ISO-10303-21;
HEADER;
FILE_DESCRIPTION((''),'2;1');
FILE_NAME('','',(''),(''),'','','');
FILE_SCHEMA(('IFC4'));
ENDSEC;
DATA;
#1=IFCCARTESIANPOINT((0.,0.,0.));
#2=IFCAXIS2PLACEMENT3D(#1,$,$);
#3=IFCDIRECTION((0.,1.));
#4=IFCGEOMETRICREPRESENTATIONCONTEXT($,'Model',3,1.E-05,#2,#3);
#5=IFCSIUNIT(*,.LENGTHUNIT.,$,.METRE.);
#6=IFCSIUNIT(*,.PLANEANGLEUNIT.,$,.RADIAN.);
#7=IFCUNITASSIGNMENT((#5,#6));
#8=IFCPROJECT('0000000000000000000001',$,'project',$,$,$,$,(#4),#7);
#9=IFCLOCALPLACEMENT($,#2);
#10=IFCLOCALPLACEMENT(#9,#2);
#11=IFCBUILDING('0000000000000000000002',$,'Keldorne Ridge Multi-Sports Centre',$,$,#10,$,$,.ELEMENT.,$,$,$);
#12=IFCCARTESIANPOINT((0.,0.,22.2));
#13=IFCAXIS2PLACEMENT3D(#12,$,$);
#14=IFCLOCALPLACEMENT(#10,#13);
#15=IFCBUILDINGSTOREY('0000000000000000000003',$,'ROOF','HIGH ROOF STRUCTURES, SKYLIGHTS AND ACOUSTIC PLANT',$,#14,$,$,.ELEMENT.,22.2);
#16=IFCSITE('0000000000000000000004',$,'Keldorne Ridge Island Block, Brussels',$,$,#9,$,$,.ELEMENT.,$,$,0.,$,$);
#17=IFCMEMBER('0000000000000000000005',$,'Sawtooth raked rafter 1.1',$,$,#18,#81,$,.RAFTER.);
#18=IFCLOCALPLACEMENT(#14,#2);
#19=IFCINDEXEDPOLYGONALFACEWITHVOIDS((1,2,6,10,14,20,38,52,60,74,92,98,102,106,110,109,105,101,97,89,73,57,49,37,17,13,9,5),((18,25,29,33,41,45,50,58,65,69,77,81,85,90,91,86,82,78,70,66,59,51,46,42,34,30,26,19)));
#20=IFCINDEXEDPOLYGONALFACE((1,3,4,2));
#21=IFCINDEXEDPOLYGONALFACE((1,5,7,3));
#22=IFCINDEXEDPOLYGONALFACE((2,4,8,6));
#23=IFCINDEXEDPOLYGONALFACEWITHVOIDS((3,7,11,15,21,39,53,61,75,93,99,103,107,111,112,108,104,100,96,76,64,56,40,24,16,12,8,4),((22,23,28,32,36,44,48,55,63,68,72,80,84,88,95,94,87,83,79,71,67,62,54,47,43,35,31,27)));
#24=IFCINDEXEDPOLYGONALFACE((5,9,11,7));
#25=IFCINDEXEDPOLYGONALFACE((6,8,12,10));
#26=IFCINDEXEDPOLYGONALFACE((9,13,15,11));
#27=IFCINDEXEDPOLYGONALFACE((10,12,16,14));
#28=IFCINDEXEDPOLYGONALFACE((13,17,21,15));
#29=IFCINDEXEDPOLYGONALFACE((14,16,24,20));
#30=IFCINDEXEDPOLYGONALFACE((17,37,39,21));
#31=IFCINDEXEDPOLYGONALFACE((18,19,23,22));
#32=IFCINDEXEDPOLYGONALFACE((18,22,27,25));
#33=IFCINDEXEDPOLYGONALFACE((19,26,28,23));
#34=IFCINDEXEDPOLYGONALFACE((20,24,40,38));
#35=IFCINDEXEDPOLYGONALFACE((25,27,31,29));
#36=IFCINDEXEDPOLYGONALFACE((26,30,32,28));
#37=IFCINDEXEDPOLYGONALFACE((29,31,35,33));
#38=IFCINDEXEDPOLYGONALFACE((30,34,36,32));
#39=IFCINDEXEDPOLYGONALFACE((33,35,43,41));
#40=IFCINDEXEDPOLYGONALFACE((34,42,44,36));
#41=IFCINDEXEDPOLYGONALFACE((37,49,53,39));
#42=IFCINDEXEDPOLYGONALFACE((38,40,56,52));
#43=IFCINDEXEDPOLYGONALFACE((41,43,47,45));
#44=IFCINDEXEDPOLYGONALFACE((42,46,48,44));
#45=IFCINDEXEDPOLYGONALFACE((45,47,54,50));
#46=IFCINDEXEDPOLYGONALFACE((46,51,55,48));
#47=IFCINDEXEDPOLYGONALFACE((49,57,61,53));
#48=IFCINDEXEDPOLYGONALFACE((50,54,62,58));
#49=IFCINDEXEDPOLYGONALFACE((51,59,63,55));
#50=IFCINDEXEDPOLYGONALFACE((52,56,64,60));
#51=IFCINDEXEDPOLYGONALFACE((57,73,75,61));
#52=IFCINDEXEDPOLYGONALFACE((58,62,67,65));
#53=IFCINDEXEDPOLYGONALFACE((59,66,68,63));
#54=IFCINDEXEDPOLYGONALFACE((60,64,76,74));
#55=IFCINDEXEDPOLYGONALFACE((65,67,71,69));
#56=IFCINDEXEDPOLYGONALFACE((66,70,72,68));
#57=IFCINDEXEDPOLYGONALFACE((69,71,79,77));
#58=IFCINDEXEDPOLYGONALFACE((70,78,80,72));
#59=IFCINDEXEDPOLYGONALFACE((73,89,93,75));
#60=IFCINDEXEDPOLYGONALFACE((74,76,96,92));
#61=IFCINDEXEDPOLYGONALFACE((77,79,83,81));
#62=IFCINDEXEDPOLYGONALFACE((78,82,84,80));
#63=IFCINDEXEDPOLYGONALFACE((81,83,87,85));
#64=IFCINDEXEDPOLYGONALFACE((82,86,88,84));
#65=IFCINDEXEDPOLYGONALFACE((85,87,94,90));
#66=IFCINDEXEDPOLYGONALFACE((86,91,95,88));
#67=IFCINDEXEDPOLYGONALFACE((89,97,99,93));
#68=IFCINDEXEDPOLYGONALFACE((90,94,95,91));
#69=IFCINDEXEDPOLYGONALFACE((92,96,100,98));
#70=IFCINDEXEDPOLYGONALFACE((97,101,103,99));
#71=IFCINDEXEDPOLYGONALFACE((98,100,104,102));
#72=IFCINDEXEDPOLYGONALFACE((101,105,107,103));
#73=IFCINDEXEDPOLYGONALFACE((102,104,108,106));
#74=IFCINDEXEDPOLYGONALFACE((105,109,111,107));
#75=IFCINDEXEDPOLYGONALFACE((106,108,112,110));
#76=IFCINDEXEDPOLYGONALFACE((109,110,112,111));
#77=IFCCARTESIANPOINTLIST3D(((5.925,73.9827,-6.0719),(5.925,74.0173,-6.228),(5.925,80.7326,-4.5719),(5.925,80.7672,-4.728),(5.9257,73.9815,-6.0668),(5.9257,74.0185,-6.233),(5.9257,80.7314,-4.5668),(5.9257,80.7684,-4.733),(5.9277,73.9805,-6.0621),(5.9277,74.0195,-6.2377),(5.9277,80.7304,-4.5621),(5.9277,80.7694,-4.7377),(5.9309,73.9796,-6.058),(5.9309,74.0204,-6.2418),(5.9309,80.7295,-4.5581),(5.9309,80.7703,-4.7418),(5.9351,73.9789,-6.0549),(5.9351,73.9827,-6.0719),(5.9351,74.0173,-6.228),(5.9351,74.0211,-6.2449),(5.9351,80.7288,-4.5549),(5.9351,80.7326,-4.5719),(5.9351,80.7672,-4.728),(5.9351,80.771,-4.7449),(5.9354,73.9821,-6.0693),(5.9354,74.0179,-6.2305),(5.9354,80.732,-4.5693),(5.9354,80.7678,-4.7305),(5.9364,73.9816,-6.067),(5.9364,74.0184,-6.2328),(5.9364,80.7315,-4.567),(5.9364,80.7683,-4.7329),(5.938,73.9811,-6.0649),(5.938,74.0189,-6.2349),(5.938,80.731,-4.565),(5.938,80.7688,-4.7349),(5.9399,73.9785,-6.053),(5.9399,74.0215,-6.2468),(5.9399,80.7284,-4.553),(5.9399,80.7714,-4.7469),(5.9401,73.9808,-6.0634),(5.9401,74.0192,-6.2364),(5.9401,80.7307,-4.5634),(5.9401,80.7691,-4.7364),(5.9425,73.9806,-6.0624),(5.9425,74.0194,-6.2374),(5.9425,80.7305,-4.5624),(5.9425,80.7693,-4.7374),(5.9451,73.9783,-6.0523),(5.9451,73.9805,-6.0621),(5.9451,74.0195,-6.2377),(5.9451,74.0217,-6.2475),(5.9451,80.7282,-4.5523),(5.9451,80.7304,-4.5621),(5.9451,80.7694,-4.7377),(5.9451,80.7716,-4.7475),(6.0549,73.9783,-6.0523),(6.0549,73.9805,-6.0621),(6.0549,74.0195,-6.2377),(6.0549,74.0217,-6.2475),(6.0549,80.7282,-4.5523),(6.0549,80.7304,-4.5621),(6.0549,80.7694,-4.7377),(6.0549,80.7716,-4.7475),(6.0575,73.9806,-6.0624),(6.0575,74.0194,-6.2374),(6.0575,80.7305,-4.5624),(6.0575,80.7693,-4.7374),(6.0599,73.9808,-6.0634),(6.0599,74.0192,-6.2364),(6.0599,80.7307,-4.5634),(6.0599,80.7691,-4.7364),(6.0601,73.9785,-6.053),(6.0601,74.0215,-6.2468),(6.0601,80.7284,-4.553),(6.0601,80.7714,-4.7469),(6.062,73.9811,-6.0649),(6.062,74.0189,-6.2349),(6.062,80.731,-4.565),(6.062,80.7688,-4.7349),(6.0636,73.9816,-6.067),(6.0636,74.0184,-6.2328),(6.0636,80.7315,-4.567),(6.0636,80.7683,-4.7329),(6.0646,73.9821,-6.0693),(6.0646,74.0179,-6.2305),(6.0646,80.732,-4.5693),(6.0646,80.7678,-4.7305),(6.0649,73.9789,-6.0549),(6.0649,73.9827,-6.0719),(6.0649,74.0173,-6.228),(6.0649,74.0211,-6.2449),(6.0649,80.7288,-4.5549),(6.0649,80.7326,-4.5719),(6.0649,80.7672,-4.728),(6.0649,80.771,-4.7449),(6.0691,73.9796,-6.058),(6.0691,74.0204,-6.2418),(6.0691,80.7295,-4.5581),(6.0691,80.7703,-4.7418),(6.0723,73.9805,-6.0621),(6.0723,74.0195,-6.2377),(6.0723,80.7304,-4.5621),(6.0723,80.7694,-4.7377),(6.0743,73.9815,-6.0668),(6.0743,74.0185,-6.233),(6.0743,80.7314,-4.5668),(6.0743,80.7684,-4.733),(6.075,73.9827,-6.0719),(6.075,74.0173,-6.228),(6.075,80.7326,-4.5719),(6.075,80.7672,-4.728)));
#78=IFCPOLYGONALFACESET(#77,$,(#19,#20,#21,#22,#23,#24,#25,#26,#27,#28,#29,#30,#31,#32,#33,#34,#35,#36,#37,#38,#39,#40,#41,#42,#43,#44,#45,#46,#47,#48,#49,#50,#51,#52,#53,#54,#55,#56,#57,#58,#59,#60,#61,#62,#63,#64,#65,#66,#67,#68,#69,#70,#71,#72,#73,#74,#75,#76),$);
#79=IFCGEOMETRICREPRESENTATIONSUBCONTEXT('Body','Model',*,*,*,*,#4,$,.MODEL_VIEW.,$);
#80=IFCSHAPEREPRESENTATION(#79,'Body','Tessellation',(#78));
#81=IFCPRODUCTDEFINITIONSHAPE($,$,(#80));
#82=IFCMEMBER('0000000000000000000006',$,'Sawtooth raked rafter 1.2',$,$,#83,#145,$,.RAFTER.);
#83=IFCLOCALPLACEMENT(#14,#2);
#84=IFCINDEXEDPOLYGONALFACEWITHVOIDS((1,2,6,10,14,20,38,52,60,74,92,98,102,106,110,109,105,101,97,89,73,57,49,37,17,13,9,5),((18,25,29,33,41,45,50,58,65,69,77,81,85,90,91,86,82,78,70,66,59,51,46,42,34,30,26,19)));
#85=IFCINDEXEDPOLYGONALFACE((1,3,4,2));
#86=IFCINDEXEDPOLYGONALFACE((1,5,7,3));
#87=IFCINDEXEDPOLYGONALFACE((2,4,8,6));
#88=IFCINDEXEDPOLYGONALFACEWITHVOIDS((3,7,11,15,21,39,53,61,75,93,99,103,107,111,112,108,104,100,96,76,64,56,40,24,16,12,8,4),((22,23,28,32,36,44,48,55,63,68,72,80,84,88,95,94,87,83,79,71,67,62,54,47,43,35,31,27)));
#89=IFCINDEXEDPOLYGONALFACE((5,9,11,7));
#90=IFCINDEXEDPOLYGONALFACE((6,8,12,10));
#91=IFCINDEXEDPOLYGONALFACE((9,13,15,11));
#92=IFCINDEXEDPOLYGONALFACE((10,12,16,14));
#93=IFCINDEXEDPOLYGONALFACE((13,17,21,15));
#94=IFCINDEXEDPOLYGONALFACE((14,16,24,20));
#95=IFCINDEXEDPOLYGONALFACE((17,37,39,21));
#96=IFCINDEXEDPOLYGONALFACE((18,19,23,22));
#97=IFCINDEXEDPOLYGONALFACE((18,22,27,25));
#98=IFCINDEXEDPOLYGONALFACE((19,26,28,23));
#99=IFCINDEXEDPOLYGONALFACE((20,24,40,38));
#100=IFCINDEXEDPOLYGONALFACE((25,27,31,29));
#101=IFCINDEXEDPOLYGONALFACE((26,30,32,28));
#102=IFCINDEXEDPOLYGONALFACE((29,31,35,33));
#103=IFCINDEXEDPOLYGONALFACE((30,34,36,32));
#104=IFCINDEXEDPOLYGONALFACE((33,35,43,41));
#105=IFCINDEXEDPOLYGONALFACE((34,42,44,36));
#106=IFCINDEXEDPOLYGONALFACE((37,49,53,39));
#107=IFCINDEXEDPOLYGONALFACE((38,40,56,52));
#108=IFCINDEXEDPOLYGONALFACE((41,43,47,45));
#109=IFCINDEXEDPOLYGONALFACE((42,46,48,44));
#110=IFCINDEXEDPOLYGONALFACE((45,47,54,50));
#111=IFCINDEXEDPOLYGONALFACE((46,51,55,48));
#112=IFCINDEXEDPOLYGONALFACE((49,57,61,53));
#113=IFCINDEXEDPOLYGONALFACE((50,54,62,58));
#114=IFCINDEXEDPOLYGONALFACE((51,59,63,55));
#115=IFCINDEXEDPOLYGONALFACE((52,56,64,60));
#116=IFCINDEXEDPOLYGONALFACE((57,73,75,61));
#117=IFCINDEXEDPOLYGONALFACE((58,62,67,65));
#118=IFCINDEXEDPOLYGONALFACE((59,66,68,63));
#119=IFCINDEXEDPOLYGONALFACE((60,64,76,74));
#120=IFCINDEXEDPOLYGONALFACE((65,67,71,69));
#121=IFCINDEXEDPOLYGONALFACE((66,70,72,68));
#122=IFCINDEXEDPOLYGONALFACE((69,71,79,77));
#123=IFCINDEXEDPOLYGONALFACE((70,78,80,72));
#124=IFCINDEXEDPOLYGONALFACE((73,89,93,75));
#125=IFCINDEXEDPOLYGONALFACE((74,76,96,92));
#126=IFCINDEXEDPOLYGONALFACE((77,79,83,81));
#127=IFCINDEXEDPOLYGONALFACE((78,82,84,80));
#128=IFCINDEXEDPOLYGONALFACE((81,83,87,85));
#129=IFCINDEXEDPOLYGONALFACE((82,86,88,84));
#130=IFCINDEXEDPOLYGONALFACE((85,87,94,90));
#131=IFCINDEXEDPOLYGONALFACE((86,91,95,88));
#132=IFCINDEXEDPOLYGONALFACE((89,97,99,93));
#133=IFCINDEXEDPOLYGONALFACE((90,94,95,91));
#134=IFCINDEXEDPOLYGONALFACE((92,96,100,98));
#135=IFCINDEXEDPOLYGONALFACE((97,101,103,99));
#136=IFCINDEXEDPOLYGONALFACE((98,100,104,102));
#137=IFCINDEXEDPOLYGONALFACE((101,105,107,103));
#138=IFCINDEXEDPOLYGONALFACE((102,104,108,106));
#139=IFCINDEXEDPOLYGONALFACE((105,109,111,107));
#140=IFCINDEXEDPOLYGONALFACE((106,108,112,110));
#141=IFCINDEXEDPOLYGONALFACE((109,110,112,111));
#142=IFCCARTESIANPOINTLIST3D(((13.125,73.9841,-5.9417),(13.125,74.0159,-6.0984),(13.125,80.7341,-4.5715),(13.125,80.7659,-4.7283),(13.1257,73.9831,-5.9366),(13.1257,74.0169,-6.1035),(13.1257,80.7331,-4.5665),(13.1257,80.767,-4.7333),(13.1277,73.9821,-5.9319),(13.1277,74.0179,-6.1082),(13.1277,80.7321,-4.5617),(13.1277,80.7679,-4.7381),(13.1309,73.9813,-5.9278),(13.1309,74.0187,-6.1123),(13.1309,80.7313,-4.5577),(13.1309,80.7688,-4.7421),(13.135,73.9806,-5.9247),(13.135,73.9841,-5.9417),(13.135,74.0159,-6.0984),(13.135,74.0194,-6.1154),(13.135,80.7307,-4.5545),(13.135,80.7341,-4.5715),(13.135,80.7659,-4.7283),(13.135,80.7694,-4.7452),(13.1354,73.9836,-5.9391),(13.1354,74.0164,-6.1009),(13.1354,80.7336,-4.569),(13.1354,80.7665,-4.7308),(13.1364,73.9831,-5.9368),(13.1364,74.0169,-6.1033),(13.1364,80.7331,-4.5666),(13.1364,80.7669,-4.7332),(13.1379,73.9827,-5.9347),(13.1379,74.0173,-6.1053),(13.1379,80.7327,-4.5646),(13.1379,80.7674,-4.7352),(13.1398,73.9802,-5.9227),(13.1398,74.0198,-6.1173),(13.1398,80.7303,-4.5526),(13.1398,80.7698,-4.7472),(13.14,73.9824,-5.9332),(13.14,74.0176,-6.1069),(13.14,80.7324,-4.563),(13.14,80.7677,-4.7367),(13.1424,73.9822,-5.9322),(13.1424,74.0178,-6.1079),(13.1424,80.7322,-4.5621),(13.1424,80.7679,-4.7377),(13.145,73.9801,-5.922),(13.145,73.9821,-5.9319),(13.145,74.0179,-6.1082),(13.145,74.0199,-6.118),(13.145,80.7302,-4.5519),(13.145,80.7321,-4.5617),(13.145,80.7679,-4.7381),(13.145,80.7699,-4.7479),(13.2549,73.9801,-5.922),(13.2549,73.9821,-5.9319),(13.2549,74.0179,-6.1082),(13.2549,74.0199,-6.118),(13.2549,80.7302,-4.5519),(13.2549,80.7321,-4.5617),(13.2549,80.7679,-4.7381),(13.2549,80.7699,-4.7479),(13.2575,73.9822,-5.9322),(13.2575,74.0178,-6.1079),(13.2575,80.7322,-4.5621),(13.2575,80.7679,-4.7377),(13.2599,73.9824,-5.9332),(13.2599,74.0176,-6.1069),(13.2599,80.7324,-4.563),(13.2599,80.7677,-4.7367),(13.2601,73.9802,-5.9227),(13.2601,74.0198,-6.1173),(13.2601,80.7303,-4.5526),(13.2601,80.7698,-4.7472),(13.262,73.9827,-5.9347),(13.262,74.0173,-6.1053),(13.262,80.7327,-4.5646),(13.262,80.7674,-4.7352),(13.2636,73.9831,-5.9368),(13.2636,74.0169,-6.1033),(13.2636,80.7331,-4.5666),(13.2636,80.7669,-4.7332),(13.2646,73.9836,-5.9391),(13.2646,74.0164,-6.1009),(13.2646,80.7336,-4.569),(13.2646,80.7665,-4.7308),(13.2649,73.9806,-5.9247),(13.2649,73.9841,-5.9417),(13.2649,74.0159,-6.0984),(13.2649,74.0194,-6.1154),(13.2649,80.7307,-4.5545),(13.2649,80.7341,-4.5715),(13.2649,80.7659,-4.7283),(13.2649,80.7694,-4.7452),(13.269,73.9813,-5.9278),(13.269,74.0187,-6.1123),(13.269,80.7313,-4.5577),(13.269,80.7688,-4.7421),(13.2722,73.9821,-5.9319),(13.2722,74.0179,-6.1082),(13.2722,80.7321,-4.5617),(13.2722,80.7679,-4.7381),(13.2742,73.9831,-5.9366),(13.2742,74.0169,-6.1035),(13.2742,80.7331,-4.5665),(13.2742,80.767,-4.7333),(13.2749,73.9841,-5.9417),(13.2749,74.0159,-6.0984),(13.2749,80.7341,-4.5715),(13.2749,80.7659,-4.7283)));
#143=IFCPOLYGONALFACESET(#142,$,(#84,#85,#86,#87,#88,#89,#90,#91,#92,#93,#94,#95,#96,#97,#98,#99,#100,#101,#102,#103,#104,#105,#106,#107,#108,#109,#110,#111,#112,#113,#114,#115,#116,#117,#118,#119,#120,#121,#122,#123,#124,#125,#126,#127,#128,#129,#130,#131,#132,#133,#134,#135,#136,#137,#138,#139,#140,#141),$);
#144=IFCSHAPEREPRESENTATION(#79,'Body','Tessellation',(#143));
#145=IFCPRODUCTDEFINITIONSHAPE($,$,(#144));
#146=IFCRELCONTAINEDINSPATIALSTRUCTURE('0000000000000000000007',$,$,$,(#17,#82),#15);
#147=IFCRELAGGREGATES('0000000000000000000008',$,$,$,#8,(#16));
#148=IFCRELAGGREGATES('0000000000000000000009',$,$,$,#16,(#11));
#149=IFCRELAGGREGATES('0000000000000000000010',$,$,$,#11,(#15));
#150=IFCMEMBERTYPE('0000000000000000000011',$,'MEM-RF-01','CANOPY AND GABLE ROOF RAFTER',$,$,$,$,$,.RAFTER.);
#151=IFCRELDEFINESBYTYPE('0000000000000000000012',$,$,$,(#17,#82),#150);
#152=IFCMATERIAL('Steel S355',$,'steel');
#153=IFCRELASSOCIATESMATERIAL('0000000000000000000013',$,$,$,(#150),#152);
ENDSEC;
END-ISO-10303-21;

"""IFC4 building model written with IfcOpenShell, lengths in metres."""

from ifc_helpers import new_model, si_unit, direction, frame, origin, origin_2d, place, context, subcontext, project, spatial, hollow_rectangle, extrude, material, material_profile, profile_set, type_object, element, save


model = new_model("IFC4")

# Units and contexts
model_context = context("Model", 3, precision=1e-05, world=origin(), true_north=direction((0.0, 1.0)))
body_context = subcontext(model_context, "Body", "Model", "MODEL_VIEW")
ifc_project = project(units=[si_unit("LENGTHUNIT", "METRE"), si_unit("PLANEANGLEUNIT", "RADIAN")], contexts=[model_context])

# Site, building, storey
site_placement = place(None, origin())
site = spatial("IfcSite", under=ifc_project, at=site_placement, Name="Keldorne Ridge Island Block, Brussels", CompositionType="ELEMENT", RefElevation=0.0)
building_placement = place(site_placement, origin())
building = spatial("IfcBuilding", under=site, at=building_placement, Name="Keldorne Ridge Multi-Sports Centre", CompositionType="ELEMENT")
storey_placement = place(building_placement, frame((0.0, 0.0, 22.2)))
storey = spatial("IfcBuildingStorey", under=building, at=storey_placement, Name="ROOF", Description="HIGH ROOF STRUCTURES, SKYLIGHTS AND ACOUSTIC PLANT", CompositionType="ELEMENT", Elevation=22.2)

# Shared definitions
ifc_material_1 = material(Name="Steel S355", Category="steel")

# Members
ifc_material_profile_1 = material_profile(ifc_material_1, hollow_rectangle(XDim=0.1499, YDim=0.2, WallThickness=0.01, InnerFilletRadius=0.01, OuterFilletRadius=0.02, at=origin_2d()), Name="RHS 200x150x10")
ifc_profile_set_1 = profile_set([ifc_material_profile_1], Name="Steel S355")
member_type_1 = type_object("IfcMemberType", Name="MEM-RF-01", Description="CANOPY AND GABLE ROOF RAFTER", PredefinedType="RAFTER", material=ifc_profile_set_1)
member_1_placement = place(storey_placement, frame((6.0, 74.0, -6.1499), z_axis=(0.0, 0.976187, 0.21693), x_axis=(-1.0, 0.0, 0.0)))
element("IfcMember", 1, at=member_1_placement, inside=storey, type_object=member_type_1, Name="Sawtooth raked rafter 1.1", PredefinedType="RAFTER", context=body_context, shape_type="SweptSolid", body=[
    extrude(hollow_rectangle(XDim=0.1499, YDim=0.2, WallThickness=0.01, InnerFilletRadius=0.01, OuterFilletRadius=0.02, at=origin_2d()), origin(), (0.0, 0.0, 1.0), 6.9146),
])
member_2_placement = place(storey_placement, frame((13.2, 74.0, -6.02), z_axis=(0.0, 0.980015, 0.198924), x_axis=(-1.0, 0.0, 0.0)))
element("IfcMember", 2, at=member_2_placement, inside=storey, type_object=member_type_1, Name="Sawtooth raked rafter 1.2", PredefinedType="RAFTER", context=body_context, shape_type="SweptSolid", body=[
    extrude(hollow_rectangle(XDim=0.1499, YDim=0.2, WallThickness=0.01, InnerFilletRadius=0.01, OuterFilletRadius=0.02, at=origin_2d()), origin(), (0.0, 0.0, 1.0), 6.8877),
])

save(model, "model.ifc")
